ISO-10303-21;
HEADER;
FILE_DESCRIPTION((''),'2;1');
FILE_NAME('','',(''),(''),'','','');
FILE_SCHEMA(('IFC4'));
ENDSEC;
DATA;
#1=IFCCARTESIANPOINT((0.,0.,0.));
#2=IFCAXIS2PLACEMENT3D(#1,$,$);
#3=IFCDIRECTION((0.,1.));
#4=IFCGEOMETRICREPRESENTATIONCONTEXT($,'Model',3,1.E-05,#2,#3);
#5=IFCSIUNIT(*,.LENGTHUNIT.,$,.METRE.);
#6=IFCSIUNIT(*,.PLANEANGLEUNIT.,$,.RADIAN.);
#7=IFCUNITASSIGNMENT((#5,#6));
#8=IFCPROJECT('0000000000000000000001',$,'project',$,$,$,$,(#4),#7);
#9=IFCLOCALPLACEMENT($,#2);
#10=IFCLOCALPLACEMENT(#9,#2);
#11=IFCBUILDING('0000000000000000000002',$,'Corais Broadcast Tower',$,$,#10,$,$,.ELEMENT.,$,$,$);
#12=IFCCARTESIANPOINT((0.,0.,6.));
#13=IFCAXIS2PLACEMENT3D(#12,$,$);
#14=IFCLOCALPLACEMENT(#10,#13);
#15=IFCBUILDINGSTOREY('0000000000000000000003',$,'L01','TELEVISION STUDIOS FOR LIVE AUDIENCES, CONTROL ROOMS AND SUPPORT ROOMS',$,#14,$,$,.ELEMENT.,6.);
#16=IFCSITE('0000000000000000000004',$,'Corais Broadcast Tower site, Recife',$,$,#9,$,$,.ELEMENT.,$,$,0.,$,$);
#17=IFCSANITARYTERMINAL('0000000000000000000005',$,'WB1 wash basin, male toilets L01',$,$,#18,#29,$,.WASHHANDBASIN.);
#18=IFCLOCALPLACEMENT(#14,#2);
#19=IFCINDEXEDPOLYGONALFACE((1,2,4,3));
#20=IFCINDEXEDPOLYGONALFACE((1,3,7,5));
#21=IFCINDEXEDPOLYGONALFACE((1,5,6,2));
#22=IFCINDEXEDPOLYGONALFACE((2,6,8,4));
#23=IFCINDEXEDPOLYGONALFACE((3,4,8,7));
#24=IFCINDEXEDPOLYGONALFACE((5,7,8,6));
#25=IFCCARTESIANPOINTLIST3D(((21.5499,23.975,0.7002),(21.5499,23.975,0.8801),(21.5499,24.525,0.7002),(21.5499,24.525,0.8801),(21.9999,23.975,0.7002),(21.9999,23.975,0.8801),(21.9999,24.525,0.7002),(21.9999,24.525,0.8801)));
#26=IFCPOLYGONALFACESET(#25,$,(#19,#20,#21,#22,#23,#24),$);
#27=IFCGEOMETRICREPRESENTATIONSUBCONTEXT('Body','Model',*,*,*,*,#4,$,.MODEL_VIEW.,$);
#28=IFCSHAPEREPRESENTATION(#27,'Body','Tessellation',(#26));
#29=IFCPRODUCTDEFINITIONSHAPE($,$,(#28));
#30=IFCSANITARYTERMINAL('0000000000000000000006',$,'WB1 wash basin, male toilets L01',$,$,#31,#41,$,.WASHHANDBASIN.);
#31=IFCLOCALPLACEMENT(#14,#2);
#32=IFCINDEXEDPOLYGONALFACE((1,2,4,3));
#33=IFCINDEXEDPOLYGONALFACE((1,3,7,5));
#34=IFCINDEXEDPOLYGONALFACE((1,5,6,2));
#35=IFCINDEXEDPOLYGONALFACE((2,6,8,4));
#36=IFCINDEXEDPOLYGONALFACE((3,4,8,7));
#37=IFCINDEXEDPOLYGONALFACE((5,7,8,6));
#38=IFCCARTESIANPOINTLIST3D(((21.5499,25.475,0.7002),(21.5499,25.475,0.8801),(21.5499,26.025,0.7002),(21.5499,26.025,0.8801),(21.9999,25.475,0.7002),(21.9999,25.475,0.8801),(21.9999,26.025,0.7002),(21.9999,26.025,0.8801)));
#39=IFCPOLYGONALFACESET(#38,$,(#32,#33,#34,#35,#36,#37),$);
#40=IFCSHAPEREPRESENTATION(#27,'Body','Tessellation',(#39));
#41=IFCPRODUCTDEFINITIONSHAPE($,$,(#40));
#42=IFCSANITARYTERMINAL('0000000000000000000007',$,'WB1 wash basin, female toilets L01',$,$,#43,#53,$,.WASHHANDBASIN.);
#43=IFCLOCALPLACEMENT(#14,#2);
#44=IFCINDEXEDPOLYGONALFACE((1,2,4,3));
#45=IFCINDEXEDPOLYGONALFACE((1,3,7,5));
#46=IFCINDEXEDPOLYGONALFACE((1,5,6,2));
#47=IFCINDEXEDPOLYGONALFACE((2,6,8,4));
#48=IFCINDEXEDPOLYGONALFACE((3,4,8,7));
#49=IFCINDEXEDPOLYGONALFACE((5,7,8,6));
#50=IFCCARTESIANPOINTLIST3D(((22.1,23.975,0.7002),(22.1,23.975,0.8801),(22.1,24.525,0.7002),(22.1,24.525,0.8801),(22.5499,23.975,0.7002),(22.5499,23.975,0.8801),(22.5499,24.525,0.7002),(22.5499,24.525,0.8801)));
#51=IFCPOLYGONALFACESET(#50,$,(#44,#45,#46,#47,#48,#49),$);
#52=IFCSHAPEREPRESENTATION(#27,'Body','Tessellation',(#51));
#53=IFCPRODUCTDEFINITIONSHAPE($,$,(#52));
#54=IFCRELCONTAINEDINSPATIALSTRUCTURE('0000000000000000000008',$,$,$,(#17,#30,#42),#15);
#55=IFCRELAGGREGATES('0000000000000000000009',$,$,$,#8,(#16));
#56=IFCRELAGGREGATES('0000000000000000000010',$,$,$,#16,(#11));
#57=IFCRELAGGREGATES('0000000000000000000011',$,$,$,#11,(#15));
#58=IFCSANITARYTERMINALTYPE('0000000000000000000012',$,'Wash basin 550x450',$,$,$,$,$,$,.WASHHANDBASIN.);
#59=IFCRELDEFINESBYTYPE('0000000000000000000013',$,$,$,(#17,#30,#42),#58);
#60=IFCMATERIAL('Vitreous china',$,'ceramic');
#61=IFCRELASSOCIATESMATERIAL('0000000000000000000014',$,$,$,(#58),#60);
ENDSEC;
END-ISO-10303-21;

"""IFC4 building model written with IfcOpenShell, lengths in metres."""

from ifc_helpers import new_model, si_unit, direction, frame, origin, origin_2d, place, context, subcontext, project, spatial, rectangle, extrude, material, type_object, element, save


model = new_model("IFC4")

# Units and contexts
model_context = context("Model", 3, precision=1e-05, world=origin(), true_north=direction((0.0, 1.0)))
body_context = subcontext(model_context, "Body", "Model", "MODEL_VIEW")
ifc_project = project(units=[si_unit("LENGTHUNIT", "METRE"), si_unit("PLANEANGLEUNIT", "RADIAN")], contexts=[model_context])

# Site, building, storey
site_placement = place(None, origin())
site = spatial("IfcSite", under=ifc_project, at=site_placement, Name="Corais Broadcast Tower site, Recife", CompositionType="ELEMENT", RefElevation=0.0)
building_placement = place(site_placement, origin())
building = spatial("IfcBuilding", under=site, at=building_placement, Name="Corais Broadcast Tower", CompositionType="ELEMENT")
storey_placement = place(building_placement, frame((0.0, 0.0, 6.0)))
storey = spatial("IfcBuildingStorey", under=building, at=storey_placement, Name="L01", Description="TELEVISION STUDIOS FOR LIVE AUDIENCES, CONTROL ROOMS AND SUPPORT ROOMS", CompositionType="ELEMENT", Elevation=6.0)

# Sanitary terminals
ifc_material_1 = material(Name="Vitreous china", Category="ceramic")
sanitary_terminal_type = type_object("IfcSanitaryTerminalType", Name="Wash basin 550x450", PredefinedType="WASHHANDBASIN", material=ifc_material_1)
for number, where, z_axis, x_axis, name in (
    (1, (21.7749, 24.25, 0.7002), (0.0, 0.0, 1.0), (1.0, 0.0, 0.0), "WB1 wash basin, male toilets L01"),
    (2, (21.7749, 25.75, 0.7002), (0.0, 0.0, 1.0), (1.0, 0.0, 0.0), "WB1 wash basin, male toilets L01"),
    (3, (22.325, 24.25, 0.7002), (0.0, 0.0, 1.0), (1.0, 0.0, 0.0), "WB1 wash basin, female toilets L01"),
):
    element("IfcSanitaryTerminal", number, at=place(storey_placement, frame(where, z_axis=z_axis, x_axis=x_axis)), inside=storey, type_object=sanitary_terminal_type, Name=name, PredefinedType="WASHHANDBASIN", context=body_context, shape_type="SweptSolid", body=[
        extrude(rectangle(XDim=0.45, YDim=0.55, at=origin_2d()), origin(), (0.0, 0.0, 1.0), 0.1799),
    ])

save(model, "model.ifc")
